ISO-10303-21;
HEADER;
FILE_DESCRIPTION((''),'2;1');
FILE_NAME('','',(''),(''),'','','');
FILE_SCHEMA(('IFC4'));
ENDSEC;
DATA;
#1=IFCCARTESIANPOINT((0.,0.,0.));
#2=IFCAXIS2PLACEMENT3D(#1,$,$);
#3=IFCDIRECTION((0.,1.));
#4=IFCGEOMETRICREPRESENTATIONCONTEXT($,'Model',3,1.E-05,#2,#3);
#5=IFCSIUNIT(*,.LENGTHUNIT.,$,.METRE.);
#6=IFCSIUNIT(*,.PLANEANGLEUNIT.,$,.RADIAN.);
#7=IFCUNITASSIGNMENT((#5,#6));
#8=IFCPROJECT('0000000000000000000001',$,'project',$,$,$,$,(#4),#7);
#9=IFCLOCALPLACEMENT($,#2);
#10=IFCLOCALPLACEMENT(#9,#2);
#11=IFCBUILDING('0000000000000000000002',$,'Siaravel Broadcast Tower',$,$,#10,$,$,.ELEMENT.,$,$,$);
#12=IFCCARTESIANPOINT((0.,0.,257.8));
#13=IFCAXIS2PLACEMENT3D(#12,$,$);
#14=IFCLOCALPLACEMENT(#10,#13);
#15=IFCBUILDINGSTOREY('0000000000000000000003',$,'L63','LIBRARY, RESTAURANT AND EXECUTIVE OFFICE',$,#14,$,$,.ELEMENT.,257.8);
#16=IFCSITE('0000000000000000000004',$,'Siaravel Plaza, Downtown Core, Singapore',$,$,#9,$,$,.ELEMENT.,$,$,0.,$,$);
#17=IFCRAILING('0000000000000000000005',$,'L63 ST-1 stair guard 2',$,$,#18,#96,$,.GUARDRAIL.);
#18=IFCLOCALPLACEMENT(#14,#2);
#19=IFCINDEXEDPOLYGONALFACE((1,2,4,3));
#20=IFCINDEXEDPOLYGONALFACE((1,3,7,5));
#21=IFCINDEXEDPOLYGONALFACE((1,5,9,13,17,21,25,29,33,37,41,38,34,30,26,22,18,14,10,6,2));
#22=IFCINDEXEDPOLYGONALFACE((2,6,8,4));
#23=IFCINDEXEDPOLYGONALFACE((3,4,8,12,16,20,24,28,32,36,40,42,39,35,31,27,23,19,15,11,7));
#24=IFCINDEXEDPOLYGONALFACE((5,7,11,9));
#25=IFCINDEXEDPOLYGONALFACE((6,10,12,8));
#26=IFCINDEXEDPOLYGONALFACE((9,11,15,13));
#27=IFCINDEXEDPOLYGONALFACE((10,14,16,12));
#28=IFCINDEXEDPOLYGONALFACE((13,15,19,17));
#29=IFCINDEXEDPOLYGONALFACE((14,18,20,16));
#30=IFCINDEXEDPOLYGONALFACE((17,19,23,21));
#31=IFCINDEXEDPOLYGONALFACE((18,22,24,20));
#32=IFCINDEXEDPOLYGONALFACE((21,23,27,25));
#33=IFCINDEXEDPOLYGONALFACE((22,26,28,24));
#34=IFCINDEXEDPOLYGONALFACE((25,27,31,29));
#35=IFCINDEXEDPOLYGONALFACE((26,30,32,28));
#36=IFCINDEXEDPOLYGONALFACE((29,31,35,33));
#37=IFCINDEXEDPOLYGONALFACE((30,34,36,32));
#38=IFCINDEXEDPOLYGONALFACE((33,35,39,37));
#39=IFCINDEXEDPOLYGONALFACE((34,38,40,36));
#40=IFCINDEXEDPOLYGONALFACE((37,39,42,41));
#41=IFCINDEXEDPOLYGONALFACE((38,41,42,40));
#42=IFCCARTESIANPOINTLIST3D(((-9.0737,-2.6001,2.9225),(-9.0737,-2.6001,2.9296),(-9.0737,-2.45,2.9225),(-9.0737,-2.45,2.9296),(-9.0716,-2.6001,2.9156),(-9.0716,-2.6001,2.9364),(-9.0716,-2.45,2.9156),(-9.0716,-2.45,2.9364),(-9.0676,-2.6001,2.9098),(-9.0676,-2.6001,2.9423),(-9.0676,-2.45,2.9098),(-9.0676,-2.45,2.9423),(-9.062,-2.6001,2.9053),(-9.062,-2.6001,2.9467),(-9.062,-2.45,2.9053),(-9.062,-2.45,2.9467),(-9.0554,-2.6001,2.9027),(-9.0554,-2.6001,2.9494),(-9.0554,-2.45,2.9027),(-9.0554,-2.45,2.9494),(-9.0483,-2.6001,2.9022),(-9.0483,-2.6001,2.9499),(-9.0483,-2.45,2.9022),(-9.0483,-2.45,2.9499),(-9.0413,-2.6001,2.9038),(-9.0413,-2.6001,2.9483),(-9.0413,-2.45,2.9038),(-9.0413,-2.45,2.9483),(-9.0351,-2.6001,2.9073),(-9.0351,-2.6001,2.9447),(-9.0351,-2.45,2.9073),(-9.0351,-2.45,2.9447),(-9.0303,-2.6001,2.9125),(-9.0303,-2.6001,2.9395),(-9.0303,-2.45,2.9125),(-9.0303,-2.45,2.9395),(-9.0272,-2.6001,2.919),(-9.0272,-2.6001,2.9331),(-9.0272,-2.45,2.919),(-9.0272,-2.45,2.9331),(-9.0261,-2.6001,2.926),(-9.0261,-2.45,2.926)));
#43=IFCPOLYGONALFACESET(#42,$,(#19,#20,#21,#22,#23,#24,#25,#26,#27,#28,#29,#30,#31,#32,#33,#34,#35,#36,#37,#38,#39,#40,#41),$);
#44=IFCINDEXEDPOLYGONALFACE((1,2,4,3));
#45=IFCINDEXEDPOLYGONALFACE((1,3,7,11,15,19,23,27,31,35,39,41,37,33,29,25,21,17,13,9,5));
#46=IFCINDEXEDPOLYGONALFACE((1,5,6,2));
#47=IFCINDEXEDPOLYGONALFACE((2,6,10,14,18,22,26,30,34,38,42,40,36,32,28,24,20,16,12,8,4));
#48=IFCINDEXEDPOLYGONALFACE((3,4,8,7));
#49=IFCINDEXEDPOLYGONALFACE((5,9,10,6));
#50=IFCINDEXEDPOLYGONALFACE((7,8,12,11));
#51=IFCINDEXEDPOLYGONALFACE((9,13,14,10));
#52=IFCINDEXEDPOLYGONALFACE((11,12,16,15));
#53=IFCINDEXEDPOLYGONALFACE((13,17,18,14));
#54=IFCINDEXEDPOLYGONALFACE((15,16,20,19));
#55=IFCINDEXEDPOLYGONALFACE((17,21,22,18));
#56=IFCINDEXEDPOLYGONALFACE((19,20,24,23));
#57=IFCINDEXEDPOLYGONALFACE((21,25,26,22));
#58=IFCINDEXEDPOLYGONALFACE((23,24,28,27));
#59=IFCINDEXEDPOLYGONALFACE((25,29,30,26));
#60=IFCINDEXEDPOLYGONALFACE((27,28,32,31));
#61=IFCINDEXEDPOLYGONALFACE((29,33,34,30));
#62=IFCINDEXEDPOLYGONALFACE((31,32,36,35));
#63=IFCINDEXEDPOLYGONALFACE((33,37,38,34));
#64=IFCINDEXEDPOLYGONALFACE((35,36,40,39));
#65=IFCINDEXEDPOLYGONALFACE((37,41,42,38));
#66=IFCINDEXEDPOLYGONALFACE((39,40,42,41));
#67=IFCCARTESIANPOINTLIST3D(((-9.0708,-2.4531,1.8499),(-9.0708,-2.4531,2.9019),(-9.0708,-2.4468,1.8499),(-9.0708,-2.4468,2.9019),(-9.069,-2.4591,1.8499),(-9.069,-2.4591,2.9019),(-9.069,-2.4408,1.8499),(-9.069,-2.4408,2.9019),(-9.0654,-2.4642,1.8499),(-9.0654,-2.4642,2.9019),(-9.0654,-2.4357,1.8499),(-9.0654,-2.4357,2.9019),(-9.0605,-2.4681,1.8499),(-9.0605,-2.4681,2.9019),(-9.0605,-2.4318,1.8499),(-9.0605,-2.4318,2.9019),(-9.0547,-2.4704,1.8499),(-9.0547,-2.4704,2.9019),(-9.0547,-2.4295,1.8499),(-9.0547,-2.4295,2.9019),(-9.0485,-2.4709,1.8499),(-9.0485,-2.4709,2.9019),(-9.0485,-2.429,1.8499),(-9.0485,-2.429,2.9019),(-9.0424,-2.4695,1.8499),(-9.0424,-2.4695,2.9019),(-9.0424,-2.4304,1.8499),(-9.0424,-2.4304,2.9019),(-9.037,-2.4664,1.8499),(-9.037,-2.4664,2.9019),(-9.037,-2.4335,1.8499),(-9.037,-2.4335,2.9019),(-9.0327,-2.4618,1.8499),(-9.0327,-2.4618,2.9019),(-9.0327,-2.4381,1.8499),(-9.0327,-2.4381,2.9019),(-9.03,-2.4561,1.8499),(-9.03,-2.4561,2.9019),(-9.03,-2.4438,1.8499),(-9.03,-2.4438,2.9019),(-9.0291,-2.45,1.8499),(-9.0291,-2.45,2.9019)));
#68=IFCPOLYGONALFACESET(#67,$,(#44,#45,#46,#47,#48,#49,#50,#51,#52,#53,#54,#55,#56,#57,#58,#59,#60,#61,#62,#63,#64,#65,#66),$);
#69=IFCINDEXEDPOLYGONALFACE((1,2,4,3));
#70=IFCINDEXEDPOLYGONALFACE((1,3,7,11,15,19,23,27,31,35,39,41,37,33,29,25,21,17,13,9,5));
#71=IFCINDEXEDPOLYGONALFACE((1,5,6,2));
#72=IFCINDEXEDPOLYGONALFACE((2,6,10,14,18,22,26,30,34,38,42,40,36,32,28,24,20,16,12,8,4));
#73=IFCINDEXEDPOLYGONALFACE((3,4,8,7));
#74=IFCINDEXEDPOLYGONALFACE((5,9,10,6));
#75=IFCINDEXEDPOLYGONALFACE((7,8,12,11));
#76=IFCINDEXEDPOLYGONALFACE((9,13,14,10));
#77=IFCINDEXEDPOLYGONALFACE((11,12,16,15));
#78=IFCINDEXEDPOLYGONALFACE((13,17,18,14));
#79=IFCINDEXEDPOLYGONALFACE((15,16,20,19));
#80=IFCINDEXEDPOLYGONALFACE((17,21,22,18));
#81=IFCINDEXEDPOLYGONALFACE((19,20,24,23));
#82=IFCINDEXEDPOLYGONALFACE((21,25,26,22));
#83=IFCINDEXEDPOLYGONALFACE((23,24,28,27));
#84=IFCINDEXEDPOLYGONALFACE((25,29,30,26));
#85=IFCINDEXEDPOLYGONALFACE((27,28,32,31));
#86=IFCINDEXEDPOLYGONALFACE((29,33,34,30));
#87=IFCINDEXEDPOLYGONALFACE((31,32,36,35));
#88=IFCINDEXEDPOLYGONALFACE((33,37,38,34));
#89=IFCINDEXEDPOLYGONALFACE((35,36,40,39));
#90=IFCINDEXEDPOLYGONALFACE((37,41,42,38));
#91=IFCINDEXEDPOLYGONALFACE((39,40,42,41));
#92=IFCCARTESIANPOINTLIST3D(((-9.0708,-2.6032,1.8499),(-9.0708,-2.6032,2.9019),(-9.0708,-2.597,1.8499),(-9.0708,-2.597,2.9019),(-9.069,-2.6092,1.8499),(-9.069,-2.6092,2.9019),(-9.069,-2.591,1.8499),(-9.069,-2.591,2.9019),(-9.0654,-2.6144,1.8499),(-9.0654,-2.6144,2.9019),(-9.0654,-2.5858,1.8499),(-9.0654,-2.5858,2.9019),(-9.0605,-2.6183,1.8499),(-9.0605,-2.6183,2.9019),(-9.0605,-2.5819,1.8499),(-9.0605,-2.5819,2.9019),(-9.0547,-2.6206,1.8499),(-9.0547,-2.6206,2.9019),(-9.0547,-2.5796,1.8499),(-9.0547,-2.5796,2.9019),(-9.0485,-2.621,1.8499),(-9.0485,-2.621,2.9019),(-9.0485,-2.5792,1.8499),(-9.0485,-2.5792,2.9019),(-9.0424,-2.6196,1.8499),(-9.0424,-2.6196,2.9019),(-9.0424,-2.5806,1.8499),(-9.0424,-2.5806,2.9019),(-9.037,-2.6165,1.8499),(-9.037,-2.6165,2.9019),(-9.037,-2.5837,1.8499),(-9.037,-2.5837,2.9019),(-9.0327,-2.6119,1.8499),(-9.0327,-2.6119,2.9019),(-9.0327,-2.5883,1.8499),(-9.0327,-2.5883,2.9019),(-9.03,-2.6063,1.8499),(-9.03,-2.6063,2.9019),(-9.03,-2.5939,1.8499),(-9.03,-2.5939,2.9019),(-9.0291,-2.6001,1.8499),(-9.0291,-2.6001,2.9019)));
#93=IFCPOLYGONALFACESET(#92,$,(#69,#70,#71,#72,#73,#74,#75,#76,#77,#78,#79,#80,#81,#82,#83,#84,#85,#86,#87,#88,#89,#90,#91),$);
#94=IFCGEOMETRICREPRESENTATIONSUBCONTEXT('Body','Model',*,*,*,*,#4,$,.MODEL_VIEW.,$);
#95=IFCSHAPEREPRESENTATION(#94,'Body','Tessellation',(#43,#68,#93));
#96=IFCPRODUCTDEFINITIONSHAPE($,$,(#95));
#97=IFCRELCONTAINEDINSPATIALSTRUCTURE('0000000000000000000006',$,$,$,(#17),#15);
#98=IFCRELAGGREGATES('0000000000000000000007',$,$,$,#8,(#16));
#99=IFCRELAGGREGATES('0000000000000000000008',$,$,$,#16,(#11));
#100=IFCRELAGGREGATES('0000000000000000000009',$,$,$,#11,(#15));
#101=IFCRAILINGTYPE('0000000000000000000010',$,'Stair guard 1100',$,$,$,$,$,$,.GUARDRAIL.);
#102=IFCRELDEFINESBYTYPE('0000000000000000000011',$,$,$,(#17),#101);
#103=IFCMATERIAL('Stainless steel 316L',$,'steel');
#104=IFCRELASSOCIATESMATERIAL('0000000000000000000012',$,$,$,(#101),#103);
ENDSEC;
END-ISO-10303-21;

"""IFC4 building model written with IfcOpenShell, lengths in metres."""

from ifc_helpers import new_model, si_unit, direction, frame, origin, origin_2d, place, context, subcontext, project, spatial, circle, extrude, material, type_object, element, save


model = new_model("IFC4")

# Units and contexts
model_context = context("Model", 3, precision=1e-05, world=origin(), true_north=direction((0.0, 1.0)))
body_context = subcontext(model_context, "Body", "Model", "MODEL_VIEW")
ifc_project = project(units=[si_unit("LENGTHUNIT", "METRE"), si_unit("PLANEANGLEUNIT", "RADIAN")], contexts=[model_context])

# Site, building, storey
site_placement = place(None, origin())
site = spatial("IfcSite", under=ifc_project, at=site_placement, Name="Siaravel Plaza, Downtown Core, Singapore", CompositionType="ELEMENT", RefElevation=0.0)
building_placement = place(site_placement, origin())
building = spatial("IfcBuilding", under=site, at=building_placement, Name="Siaravel Broadcast Tower", CompositionType="ELEMENT")
storey_placement = place(building_placement, frame((0.0, 0.0, 257.8)))
storey = spatial("IfcBuildingStorey", under=building, at=storey_placement, Name="L63", Description="LIBRARY, RESTAURANT AND EXECUTIVE OFFICE", CompositionType="ELEMENT", Elevation=257.8)

# Shared definitions
ifc_material_1 = material(Name="Stainless steel 316L", Category="steel")

# Railing
railing_type_1 = type_object("IfcRailingType", Name="Stair guard 1100", PredefinedType="GUARDRAIL", material=ifc_material_1)
railing_1_placement = place(storey_placement, frame((-9.05, -2.45, 1.8499)))
element("IfcRailing", 1, at=railing_1_placement, inside=storey, type_object=railing_type_1, Name="L63 ST-1 stair guard 2", PredefinedType="GUARDRAIL", context=body_context, shape_type="SweptSolid", body=[
    extrude(circle(Radius=0.0239, at=origin_2d()), frame((0.0, 0.0, 1.0762), z_axis=(0.0, -1.0, 0.0), x_axis=(1.0, 0.0, 0.0)), (0.0, 0.0, 1.0), 0.1501),
    extrude(circle(Radius=0.021, at=origin_2d()), origin(), (0.0, 0.0, 1.0), 1.052),
    extrude(circle(Radius=0.021, at=origin_2d()), frame((0.0, -0.1501, 0.0)), (0.0, 0.0, 1.0), 1.052),
])

save(model, "model.ifc")
